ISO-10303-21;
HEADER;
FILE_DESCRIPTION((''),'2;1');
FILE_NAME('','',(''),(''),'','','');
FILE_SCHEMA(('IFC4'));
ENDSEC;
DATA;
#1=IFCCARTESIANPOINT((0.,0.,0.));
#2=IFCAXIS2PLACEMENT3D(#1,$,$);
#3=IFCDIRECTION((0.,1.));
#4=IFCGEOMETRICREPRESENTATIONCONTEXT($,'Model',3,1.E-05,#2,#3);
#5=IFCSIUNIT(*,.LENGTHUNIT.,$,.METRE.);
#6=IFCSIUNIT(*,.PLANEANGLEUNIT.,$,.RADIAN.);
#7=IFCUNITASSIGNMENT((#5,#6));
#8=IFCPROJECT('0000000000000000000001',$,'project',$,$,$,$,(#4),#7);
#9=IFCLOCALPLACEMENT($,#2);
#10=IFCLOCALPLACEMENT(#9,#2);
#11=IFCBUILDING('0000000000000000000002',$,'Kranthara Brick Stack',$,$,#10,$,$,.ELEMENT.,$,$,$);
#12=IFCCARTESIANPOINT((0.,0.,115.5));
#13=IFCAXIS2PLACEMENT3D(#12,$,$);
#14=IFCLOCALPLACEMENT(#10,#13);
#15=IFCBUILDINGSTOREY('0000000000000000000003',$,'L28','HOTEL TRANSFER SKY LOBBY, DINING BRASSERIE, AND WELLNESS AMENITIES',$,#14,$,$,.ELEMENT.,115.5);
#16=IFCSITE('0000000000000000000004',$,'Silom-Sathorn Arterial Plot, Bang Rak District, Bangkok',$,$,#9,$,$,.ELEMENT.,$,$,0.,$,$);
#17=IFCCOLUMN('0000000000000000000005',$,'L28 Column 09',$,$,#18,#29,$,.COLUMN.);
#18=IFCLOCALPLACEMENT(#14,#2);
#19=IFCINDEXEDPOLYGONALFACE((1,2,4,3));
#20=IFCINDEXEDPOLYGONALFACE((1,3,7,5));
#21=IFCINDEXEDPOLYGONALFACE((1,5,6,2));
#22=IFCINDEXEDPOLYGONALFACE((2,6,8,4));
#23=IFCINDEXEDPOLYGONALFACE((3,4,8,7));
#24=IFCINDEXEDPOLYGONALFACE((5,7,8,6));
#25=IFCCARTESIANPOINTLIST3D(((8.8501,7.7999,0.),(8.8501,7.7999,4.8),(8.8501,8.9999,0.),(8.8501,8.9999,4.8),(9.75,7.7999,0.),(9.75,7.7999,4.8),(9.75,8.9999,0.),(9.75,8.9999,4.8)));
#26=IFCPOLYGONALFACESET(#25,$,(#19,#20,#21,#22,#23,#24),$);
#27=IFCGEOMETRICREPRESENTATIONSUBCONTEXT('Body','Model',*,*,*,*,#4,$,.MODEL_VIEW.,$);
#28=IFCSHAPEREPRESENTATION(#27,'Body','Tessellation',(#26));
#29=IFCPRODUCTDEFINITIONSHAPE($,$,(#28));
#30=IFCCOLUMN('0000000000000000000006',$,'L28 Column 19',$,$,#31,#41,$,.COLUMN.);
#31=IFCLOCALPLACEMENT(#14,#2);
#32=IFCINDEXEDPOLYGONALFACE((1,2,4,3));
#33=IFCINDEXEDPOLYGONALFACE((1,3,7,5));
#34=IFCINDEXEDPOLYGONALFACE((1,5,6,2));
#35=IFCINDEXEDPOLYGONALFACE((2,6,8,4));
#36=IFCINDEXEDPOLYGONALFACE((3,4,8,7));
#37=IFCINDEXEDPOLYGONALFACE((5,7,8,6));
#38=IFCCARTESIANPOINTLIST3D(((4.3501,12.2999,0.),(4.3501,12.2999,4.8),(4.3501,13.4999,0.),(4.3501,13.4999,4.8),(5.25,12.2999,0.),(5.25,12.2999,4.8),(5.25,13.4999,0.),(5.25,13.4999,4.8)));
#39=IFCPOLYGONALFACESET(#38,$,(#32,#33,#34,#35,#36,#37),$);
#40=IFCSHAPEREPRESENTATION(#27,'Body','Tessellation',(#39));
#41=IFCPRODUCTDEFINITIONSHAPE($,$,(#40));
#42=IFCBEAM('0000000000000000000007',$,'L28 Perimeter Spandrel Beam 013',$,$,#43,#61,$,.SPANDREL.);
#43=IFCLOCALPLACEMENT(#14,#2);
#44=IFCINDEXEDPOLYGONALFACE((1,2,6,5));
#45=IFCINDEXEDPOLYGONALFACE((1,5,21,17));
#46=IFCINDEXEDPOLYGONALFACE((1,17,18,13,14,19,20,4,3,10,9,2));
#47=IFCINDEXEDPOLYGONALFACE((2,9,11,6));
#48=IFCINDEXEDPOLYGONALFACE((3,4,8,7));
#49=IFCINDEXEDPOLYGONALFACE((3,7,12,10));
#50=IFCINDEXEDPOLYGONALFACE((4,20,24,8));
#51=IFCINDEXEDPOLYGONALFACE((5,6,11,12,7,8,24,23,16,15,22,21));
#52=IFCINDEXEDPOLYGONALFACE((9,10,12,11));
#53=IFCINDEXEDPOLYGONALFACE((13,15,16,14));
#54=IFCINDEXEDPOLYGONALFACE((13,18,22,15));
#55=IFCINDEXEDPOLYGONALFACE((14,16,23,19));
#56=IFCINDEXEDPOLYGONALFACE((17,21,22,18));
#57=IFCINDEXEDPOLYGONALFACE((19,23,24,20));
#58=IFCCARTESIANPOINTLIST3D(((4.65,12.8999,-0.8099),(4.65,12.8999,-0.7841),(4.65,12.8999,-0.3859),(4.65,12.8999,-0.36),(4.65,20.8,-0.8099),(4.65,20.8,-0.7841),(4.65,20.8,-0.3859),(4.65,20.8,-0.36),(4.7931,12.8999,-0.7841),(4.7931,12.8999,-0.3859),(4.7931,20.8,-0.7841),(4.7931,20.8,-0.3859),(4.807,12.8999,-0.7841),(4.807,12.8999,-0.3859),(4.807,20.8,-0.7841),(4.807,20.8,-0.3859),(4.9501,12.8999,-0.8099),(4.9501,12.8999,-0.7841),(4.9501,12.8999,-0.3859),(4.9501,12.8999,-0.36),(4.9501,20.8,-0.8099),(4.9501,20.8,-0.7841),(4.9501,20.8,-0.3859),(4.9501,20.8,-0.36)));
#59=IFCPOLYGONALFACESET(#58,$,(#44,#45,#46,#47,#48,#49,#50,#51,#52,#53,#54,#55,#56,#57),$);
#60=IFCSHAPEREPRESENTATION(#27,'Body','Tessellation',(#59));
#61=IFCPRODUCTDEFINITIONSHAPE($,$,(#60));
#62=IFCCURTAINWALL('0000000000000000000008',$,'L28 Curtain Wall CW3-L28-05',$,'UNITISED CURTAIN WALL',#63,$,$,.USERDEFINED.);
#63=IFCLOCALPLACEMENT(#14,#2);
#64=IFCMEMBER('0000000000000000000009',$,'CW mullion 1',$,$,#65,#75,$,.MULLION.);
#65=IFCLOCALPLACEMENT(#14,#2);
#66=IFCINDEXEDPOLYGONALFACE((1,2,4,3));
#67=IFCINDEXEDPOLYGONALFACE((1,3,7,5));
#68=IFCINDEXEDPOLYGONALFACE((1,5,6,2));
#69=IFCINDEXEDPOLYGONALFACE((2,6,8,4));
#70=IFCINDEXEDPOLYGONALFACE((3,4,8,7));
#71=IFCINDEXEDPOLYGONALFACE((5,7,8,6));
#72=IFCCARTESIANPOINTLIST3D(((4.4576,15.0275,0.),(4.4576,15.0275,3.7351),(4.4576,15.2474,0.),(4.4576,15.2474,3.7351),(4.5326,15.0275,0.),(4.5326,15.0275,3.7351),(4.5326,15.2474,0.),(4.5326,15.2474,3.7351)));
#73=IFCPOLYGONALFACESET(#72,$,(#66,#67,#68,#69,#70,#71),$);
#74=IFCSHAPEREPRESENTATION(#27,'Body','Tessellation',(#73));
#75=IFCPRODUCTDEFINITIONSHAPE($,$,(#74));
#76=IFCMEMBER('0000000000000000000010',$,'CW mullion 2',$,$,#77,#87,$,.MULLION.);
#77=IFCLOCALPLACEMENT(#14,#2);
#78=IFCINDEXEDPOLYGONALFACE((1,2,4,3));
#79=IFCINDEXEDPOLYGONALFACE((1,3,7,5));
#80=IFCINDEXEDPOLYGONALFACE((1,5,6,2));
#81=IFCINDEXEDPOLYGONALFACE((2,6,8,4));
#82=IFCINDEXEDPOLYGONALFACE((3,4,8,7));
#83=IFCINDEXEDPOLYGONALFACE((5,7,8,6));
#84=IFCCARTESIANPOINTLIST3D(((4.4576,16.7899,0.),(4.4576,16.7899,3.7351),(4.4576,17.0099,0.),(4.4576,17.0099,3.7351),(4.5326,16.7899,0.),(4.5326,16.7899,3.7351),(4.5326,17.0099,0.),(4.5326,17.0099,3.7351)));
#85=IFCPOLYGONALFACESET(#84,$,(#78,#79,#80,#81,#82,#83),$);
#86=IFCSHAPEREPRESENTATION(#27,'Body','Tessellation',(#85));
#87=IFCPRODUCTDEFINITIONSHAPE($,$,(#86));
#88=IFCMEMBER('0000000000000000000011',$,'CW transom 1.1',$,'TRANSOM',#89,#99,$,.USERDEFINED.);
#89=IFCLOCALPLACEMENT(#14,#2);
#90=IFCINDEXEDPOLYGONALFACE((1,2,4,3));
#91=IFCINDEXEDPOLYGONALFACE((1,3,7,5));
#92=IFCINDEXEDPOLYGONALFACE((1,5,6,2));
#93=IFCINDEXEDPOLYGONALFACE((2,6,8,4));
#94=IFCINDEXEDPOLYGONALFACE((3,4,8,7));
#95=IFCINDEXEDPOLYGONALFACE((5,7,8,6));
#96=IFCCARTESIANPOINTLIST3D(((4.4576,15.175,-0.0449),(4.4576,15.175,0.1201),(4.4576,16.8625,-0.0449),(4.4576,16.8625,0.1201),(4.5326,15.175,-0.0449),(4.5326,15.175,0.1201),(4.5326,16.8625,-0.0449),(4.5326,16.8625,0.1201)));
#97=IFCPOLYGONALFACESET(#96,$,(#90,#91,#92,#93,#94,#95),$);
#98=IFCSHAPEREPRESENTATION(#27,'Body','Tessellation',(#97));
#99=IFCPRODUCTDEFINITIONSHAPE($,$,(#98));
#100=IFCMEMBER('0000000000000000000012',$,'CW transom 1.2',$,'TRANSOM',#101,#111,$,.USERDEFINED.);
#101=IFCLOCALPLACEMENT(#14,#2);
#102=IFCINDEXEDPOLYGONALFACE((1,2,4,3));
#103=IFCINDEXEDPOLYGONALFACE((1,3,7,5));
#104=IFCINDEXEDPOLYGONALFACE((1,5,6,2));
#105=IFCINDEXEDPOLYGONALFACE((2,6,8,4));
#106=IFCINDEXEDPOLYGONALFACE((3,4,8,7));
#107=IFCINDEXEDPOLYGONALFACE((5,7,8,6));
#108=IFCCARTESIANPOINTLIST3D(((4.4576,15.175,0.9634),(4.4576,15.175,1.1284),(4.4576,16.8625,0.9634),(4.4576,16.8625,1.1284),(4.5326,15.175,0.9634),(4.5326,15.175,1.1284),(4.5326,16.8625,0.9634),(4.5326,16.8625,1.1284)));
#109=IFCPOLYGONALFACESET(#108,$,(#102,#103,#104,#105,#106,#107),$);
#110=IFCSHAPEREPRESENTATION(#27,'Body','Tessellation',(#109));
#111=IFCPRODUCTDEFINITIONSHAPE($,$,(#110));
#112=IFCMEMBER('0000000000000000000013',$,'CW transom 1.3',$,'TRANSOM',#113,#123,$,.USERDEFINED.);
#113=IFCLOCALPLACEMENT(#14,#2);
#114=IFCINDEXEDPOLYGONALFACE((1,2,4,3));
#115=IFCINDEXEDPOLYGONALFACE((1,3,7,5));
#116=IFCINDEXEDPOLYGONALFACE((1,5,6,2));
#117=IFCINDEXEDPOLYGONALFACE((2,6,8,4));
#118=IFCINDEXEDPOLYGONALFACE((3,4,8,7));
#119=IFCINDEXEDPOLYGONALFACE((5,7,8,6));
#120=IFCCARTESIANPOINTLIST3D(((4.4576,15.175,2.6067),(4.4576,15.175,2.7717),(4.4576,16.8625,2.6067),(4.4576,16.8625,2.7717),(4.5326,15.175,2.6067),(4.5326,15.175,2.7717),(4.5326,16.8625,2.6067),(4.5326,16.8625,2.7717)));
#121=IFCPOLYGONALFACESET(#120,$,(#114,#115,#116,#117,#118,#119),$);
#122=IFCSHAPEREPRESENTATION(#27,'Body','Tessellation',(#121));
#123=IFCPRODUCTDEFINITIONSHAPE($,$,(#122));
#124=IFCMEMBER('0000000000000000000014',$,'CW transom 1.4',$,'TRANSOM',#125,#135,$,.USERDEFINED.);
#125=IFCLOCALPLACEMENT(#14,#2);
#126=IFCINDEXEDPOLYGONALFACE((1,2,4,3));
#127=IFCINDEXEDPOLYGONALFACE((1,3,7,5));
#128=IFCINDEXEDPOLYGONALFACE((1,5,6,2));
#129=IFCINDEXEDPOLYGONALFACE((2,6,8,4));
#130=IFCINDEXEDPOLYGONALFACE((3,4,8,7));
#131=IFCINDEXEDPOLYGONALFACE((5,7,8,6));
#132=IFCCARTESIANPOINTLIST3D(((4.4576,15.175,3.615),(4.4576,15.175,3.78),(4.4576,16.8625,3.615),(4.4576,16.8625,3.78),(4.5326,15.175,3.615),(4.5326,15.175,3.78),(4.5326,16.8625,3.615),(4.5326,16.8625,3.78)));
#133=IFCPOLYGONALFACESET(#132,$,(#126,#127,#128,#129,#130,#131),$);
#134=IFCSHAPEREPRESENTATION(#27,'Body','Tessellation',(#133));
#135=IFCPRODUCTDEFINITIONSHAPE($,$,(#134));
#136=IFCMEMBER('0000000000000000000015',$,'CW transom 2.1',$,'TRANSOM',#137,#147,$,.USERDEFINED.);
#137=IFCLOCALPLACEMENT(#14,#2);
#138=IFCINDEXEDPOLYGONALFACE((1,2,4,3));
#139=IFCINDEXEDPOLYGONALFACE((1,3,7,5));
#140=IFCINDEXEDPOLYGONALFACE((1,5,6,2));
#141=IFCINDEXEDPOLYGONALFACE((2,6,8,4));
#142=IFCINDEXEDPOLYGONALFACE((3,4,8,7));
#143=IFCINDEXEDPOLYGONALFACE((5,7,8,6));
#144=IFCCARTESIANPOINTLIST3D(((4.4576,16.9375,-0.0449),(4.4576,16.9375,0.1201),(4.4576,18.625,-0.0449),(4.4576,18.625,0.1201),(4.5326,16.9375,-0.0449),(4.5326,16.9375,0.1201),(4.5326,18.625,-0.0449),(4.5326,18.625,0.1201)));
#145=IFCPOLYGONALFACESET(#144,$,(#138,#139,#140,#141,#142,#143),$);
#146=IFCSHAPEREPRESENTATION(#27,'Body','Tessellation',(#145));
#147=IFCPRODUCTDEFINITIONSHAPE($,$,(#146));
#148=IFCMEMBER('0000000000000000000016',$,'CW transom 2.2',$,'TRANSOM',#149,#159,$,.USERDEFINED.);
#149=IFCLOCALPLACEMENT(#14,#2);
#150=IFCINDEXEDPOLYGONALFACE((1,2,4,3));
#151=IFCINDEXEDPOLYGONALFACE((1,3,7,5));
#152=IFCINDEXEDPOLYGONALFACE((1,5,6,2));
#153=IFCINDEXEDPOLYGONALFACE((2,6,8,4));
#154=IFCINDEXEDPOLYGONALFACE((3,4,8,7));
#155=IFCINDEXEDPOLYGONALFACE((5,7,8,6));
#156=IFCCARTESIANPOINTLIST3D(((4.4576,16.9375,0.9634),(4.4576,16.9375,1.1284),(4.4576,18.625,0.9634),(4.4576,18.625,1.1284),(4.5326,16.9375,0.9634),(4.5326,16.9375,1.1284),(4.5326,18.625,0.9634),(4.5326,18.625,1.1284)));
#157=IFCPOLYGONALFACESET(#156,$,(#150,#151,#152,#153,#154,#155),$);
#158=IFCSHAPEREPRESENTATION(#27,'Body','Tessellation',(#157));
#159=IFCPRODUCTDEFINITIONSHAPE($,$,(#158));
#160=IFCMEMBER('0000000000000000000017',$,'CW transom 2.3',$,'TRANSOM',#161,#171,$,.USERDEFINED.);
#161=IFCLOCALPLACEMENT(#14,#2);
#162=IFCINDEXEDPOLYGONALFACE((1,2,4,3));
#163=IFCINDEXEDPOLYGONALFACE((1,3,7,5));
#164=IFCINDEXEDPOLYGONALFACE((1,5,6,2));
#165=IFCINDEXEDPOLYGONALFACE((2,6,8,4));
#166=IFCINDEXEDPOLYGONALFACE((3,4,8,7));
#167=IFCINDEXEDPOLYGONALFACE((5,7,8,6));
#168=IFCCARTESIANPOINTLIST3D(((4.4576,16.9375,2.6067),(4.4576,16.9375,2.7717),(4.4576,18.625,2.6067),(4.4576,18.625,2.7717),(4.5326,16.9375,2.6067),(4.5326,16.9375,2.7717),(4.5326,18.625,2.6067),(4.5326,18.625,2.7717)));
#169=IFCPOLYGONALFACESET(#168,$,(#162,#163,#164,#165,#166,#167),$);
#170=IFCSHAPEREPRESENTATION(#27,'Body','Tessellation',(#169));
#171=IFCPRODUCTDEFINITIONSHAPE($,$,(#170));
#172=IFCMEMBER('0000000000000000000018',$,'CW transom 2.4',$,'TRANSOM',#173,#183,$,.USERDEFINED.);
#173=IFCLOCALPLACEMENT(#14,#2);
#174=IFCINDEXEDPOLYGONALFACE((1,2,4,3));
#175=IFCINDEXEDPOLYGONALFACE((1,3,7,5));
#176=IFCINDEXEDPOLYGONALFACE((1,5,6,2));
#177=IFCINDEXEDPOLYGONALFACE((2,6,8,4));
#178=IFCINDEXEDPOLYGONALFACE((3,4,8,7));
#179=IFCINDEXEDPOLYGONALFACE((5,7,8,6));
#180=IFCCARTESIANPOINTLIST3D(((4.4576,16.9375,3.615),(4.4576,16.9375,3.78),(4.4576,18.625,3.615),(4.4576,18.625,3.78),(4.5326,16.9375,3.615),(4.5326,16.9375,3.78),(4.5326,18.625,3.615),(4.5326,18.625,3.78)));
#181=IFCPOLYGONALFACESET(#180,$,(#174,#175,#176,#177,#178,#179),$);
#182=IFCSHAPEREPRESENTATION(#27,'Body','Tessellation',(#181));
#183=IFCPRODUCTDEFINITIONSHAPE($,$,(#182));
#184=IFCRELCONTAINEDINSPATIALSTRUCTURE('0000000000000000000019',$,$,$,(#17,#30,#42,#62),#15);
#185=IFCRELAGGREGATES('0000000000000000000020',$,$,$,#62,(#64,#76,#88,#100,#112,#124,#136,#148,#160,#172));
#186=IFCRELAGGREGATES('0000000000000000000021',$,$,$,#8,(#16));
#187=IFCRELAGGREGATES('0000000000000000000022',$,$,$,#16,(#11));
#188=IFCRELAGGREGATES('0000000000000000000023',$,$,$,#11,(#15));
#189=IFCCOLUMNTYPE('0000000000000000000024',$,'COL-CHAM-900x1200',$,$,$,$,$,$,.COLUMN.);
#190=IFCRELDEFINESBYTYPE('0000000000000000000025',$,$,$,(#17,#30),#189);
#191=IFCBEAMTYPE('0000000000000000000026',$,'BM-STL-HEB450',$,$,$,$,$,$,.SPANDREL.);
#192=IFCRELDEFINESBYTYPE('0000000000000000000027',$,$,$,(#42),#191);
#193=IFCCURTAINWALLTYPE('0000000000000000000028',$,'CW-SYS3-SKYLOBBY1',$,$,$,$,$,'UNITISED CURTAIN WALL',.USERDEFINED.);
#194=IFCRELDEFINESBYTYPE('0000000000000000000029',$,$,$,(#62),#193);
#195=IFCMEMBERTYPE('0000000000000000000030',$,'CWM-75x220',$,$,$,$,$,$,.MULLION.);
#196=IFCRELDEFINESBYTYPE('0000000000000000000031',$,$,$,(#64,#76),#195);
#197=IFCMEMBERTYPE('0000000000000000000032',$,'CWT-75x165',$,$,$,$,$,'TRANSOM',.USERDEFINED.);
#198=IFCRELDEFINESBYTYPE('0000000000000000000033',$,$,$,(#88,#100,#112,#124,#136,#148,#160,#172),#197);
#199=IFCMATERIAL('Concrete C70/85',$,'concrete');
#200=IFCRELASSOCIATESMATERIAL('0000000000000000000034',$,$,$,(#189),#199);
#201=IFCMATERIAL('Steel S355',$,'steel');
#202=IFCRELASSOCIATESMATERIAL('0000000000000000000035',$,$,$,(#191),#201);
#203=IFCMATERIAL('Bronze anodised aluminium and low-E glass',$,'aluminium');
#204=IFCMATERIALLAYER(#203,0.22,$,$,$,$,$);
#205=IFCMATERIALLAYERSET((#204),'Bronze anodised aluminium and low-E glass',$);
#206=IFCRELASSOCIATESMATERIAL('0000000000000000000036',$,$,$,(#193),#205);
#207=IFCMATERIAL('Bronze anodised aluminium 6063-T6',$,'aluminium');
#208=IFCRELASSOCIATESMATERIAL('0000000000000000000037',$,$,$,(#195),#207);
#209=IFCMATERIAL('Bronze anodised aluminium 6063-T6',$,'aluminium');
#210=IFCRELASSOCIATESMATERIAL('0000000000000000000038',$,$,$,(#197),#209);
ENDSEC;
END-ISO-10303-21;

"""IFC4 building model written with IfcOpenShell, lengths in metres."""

from ifc_helpers import new_model, si_unit, direction, frame, origin, origin_2d, place, context, subcontext, project, spatial, rectangle, i_section, extrude, material, layer, layer_set, material_profile, profile_set, type_object, element, aggregate, save


model = new_model("IFC4")

# Units and contexts
model_context = context("Model", 3, precision=1e-05, world=origin(), true_north=direction((0.0, 1.0)))
body_context = subcontext(model_context, "Body", "Model", "MODEL_VIEW")
ifc_project = project(units=[si_unit("LENGTHUNIT", "METRE"), si_unit("PLANEANGLEUNIT", "RADIAN")], contexts=[model_context])

# Site, building, storey
site_placement = place(None, origin())
site = spatial("IfcSite", under=ifc_project, at=site_placement, Name="Silom-Sathorn Arterial Plot, Bang Rak District, Bangkok", CompositionType="ELEMENT", RefElevation=0.0)
building_placement = place(site_placement, origin())
building = spatial("IfcBuilding", under=site, at=building_placement, Name="Kranthara Brick Stack", CompositionType="ELEMENT")
storey_placement = place(building_placement, frame((0.0, 0.0, 115.5)))
storey = spatial("IfcBuildingStorey", under=building, at=storey_placement, Name="L28", Description="HOTEL TRANSFER SKY LOBBY, DINING BRASSERIE, AND WELLNESS AMENITIES", CompositionType="ELEMENT", Elevation=115.5)

# Columns
ifc_material_1 = material(Name="Concrete C70/85", Category="concrete")
ifc_material_profile_1 = material_profile(ifc_material_1, rectangle(XDim=0.8999, YDim=1.2, at=origin_2d()), Name="RC 900x1200")
ifc_profile_set_1 = profile_set([ifc_material_profile_1], Name="Concrete C70/85")
column_type = type_object("IfcColumnType", Name="COL-CHAM-900x1200", PredefinedType="COLUMN", material=ifc_profile_set_1)
for number, where, z_axis, x_axis, name in (
    (1, (9.3, 8.3999, 0.0), (0.0, 0.0, 1.0), (1.0, 0.0, 0.0), "L28 Column 09"),
    (2, (4.8, 12.8999, 0.0), (0.0, 0.0, 1.0), (1.0, 0.0, 0.0), "L28 Column 19"),
):
    element("IfcColumn", number, at=place(storey_placement, frame(where, z_axis=z_axis, x_axis=x_axis)), inside=storey, type_object=column_type, Name=name, PredefinedType="COLUMN", context=body_context, shape_type="SweptSolid", body=[
        extrude(rectangle(XDim=0.8999, YDim=1.2, at=origin_2d()), origin(), (0.0, 0.0, 1.0), 4.8),
    ])

# Beam
ifc_material_2 = material(Name="Steel S355", Category="steel")
ifc_material_profile_2 = material_profile(ifc_material_2, i_section(OverallWidth=0.3, OverallDepth=0.45, WebThickness=0.0139, FlangeThickness=0.0259, at=origin_2d()), Name="HEB 450")
ifc_profile_set_2 = profile_set([ifc_material_profile_2], Name="Steel S355")
beam_type = type_object("IfcBeamType", Name="BM-STL-HEB450", PredefinedType="SPANDREL", material=ifc_profile_set_2)
beam_placement = place(storey_placement, frame((4.8, 12.8999, -0.585), z_axis=(0.0, 1.0, 0.0), x_axis=(-1.0, 0.0, 0.0)))
element("IfcBeam", 3, at=beam_placement, inside=storey, type_object=beam_type, Name="L28 Perimeter Spandrel Beam 013", PredefinedType="SPANDREL", context=body_context, shape_type="SweptSolid", body=[
    extrude(i_section(OverallWidth=0.3, OverallDepth=0.45, WebThickness=0.0139, FlangeThickness=0.0259, at=origin_2d()), origin(), (0.0, 0.0, 1.0), 7.9001),
])

# Curtain wall, members
ifc_material_3 = material(Name="Bronze anodised aluminium and low-E glass", Category="aluminium")
ifc_layer_1 = layer(ifc_material_3, 0.22)
ifc_layer_set_1 = layer_set([ifc_layer_1], Name="Bronze anodised aluminium and low-E glass")
curtain_wall_type = type_object("IfcCurtainWallType", Name="CW-SYS3-SKYLOBBY1", ElementType="UNITISED CURTAIN WALL", PredefinedType="USERDEFINED", material=ifc_layer_set_1)
curtain_wall_placement = place(storey_placement, origin())
curtain_wall = element("IfcCurtainWall", 4, at=curtain_wall_placement, inside=storey, type_object=curtain_wall_type, Name="L28 Curtain Wall CW3-L28-05", ObjectType="UNITISED CURTAIN WALL", PredefinedType="USERDEFINED")
ifc_material_4 = material(Name="Bronze anodised aluminium 6063-T6", Category="aluminium")
ifc_material_profile_3 = material_profile(ifc_material_4, rectangle(XDim=0.075, YDim=0.22, at=origin_2d()), Name="ALU MULLION 75x220")
ifc_profile_set_3 = profile_set([ifc_material_profile_3], Name="Bronze anodised aluminium 6063-T6")
member_type_1 = type_object("IfcMemberType", Name="CWM-75x220", PredefinedType="MULLION", material=ifc_profile_set_3)
member_1_placement = place(storey_placement, frame((4.4951, 15.1375, 0.0), z_axis=(0.0, 0.0, 1.0), x_axis=(-1.0, 0.0, 0.0)))
member_1 = element("IfcMember", 5, at=member_1_placement, type_object=member_type_1, Name="CW mullion 1", PredefinedType="MULLION", context=body_context, shape_type="SweptSolid", body=[
    extrude(rectangle(XDim=0.075, YDim=0.22, at=origin_2d()), origin(), (0.0, 0.0, 1.0), 3.7351),
])
member_2_placement = place(storey_placement, frame((4.4951, 16.8999, 0.0), z_axis=(0.0, 0.0, 1.0), x_axis=(-1.0, 0.0, 0.0)))
member_2 = element("IfcMember", 6, at=member_2_placement, type_object=member_type_1, Name="CW mullion 2", PredefinedType="MULLION", context=body_context, shape_type="SweptSolid", body=[
    extrude(rectangle(XDim=0.075, YDim=0.22, at=origin_2d()), origin(), (0.0, 0.0, 1.0), 3.7351),
])
ifc_material_5 = material(Name="Bronze anodised aluminium 6063-T6", Category="aluminium")
ifc_material_profile_4 = material_profile(ifc_material_5, rectangle(XDim=0.075, YDim=0.165, at=origin_2d()), Name="ALU TRANSOM 75x165")
ifc_profile_set_4 = profile_set([ifc_material_profile_4], Name="Bronze anodised aluminium 6063-T6")
member_type_2 = type_object("IfcMemberType", Name="CWT-75x165", ElementType="TRANSOM", PredefinedType="USERDEFINED", material=ifc_profile_set_4)
member_3_placement = place(storey_placement, frame((4.4951, 15.175, 0.0376), z_axis=(0.0, 1.0, 0.0), x_axis=(-1.0, 0.0, 0.0)))
member_3 = element("IfcMember", 7, at=member_3_placement, type_object=member_type_2, Name="CW transom 1.1", ObjectType="TRANSOM", PredefinedType="USERDEFINED", context=body_context, shape_type="SweptSolid", body=[
    extrude(rectangle(XDim=0.075, YDim=0.165, at=origin_2d()), origin(), (0.0, 0.0, 1.0), 1.6875),
])
member_4_placement = place(storey_placement, frame((4.4951, 15.175, 1.0459), z_axis=(0.0, 1.0, 0.0), x_axis=(-1.0, 0.0, 0.0)))
member_4 = element("IfcMember", 8, at=member_4_placement, type_object=member_type_2, Name="CW transom 1.2", ObjectType="TRANSOM", PredefinedType="USERDEFINED", context=body_context, shape_type="SweptSolid", body=[
    extrude(rectangle(XDim=0.075, YDim=0.165, at=origin_2d()), origin(), (0.0, 0.0, 1.0), 1.6875),
])
member_5_placement = place(storey_placement, frame((4.4951, 15.175, 2.6892), z_axis=(0.0, 1.0, 0.0), x_axis=(-1.0, 0.0, 0.0)))
member_5 = element("IfcMember", 9, at=member_5_placement, type_object=member_type_2, Name="CW transom 1.3", ObjectType="TRANSOM", PredefinedType="USERDEFINED", context=body_context, shape_type="SweptSolid", body=[
    extrude(rectangle(XDim=0.075, YDim=0.165, at=origin_2d()), origin(), (0.0, 0.0, 1.0), 1.6875),
])
member_6_placement = place(storey_placement, frame((4.4951, 15.175, 3.6975), z_axis=(0.0, 1.0, 0.0), x_axis=(-1.0, 0.0, 0.0)))
member_6 = element("IfcMember", 10, at=member_6_placement, type_object=member_type_2, Name="CW transom 1.4", ObjectType="TRANSOM", PredefinedType="USERDEFINED", context=body_context, shape_type="SweptSolid", body=[
    extrude(rectangle(XDim=0.075, YDim=0.165, at=origin_2d()), origin(), (0.0, 0.0, 1.0), 1.6875),
])
member_7_placement = place(storey_placement, frame((4.4951, 16.9375, 0.0376), z_axis=(0.0, 1.0, 0.0), x_axis=(-1.0, 0.0, 0.0)))
member_7 = element("IfcMember", 11, at=member_7_placement, type_object=member_type_2, Name="CW transom 2.1", ObjectType="TRANSOM", PredefinedType="USERDEFINED", context=body_context, shape_type="SweptSolid", body=[
    extrude(rectangle(XDim=0.075, YDim=0.165, at=origin_2d()), origin(), (0.0, 0.0, 1.0), 1.6875),
])
member_8_placement = place(storey_placement, frame((4.4951, 16.9375, 1.0459), z_axis=(0.0, 1.0, 0.0), x_axis=(-1.0, 0.0, 0.0)))
member_8 = element("IfcMember", 12, at=member_8_placement, type_object=member_type_2, Name="CW transom 2.2", ObjectType="TRANSOM", PredefinedType="USERDEFINED", context=body_context, shape_type="SweptSolid", body=[
    extrude(rectangle(XDim=0.075, YDim=0.165, at=origin_2d()), origin(), (0.0, 0.0, 1.0), 1.6875),
])
member_9_placement = place(storey_placement, frame((4.4951, 16.9375, 2.6892), z_axis=(0.0, 1.0, 0.0), x_axis=(-1.0, 0.0, 0.0)))
member_9 = element("IfcMember", 13, at=member_9_placement, type_object=member_type_2, Name="CW transom 2.3", ObjectType="TRANSOM", PredefinedType="USERDEFINED", context=body_context, shape_type="SweptSolid", body=[
    extrude(rectangle(XDim=0.075, YDim=0.165, at=origin_2d()), origin(), (0.0, 0.0, 1.0), 1.6875),
])
member_10_placement = place(storey_placement, frame((4.4951, 16.9375, 3.6975), z_axis=(0.0, 1.0, 0.0), x_axis=(-1.0, 0.0, 0.0)))
member_10 = element("IfcMember", 14, at=member_10_placement, type_object=member_type_2, Name="CW transom 2.4", ObjectType="TRANSOM", PredefinedType="USERDEFINED", context=body_context, shape_type="SweptSolid", body=[
    extrude(rectangle(XDim=0.075, YDim=0.165, at=origin_2d()), origin(), (0.0, 0.0, 1.0), 1.6875),
])
aggregate(curtain_wall, [member_1, member_2, member_3, member_4, member_5, member_6, member_7, member_8, member_9, member_10])

save(model, "model.ifc")
